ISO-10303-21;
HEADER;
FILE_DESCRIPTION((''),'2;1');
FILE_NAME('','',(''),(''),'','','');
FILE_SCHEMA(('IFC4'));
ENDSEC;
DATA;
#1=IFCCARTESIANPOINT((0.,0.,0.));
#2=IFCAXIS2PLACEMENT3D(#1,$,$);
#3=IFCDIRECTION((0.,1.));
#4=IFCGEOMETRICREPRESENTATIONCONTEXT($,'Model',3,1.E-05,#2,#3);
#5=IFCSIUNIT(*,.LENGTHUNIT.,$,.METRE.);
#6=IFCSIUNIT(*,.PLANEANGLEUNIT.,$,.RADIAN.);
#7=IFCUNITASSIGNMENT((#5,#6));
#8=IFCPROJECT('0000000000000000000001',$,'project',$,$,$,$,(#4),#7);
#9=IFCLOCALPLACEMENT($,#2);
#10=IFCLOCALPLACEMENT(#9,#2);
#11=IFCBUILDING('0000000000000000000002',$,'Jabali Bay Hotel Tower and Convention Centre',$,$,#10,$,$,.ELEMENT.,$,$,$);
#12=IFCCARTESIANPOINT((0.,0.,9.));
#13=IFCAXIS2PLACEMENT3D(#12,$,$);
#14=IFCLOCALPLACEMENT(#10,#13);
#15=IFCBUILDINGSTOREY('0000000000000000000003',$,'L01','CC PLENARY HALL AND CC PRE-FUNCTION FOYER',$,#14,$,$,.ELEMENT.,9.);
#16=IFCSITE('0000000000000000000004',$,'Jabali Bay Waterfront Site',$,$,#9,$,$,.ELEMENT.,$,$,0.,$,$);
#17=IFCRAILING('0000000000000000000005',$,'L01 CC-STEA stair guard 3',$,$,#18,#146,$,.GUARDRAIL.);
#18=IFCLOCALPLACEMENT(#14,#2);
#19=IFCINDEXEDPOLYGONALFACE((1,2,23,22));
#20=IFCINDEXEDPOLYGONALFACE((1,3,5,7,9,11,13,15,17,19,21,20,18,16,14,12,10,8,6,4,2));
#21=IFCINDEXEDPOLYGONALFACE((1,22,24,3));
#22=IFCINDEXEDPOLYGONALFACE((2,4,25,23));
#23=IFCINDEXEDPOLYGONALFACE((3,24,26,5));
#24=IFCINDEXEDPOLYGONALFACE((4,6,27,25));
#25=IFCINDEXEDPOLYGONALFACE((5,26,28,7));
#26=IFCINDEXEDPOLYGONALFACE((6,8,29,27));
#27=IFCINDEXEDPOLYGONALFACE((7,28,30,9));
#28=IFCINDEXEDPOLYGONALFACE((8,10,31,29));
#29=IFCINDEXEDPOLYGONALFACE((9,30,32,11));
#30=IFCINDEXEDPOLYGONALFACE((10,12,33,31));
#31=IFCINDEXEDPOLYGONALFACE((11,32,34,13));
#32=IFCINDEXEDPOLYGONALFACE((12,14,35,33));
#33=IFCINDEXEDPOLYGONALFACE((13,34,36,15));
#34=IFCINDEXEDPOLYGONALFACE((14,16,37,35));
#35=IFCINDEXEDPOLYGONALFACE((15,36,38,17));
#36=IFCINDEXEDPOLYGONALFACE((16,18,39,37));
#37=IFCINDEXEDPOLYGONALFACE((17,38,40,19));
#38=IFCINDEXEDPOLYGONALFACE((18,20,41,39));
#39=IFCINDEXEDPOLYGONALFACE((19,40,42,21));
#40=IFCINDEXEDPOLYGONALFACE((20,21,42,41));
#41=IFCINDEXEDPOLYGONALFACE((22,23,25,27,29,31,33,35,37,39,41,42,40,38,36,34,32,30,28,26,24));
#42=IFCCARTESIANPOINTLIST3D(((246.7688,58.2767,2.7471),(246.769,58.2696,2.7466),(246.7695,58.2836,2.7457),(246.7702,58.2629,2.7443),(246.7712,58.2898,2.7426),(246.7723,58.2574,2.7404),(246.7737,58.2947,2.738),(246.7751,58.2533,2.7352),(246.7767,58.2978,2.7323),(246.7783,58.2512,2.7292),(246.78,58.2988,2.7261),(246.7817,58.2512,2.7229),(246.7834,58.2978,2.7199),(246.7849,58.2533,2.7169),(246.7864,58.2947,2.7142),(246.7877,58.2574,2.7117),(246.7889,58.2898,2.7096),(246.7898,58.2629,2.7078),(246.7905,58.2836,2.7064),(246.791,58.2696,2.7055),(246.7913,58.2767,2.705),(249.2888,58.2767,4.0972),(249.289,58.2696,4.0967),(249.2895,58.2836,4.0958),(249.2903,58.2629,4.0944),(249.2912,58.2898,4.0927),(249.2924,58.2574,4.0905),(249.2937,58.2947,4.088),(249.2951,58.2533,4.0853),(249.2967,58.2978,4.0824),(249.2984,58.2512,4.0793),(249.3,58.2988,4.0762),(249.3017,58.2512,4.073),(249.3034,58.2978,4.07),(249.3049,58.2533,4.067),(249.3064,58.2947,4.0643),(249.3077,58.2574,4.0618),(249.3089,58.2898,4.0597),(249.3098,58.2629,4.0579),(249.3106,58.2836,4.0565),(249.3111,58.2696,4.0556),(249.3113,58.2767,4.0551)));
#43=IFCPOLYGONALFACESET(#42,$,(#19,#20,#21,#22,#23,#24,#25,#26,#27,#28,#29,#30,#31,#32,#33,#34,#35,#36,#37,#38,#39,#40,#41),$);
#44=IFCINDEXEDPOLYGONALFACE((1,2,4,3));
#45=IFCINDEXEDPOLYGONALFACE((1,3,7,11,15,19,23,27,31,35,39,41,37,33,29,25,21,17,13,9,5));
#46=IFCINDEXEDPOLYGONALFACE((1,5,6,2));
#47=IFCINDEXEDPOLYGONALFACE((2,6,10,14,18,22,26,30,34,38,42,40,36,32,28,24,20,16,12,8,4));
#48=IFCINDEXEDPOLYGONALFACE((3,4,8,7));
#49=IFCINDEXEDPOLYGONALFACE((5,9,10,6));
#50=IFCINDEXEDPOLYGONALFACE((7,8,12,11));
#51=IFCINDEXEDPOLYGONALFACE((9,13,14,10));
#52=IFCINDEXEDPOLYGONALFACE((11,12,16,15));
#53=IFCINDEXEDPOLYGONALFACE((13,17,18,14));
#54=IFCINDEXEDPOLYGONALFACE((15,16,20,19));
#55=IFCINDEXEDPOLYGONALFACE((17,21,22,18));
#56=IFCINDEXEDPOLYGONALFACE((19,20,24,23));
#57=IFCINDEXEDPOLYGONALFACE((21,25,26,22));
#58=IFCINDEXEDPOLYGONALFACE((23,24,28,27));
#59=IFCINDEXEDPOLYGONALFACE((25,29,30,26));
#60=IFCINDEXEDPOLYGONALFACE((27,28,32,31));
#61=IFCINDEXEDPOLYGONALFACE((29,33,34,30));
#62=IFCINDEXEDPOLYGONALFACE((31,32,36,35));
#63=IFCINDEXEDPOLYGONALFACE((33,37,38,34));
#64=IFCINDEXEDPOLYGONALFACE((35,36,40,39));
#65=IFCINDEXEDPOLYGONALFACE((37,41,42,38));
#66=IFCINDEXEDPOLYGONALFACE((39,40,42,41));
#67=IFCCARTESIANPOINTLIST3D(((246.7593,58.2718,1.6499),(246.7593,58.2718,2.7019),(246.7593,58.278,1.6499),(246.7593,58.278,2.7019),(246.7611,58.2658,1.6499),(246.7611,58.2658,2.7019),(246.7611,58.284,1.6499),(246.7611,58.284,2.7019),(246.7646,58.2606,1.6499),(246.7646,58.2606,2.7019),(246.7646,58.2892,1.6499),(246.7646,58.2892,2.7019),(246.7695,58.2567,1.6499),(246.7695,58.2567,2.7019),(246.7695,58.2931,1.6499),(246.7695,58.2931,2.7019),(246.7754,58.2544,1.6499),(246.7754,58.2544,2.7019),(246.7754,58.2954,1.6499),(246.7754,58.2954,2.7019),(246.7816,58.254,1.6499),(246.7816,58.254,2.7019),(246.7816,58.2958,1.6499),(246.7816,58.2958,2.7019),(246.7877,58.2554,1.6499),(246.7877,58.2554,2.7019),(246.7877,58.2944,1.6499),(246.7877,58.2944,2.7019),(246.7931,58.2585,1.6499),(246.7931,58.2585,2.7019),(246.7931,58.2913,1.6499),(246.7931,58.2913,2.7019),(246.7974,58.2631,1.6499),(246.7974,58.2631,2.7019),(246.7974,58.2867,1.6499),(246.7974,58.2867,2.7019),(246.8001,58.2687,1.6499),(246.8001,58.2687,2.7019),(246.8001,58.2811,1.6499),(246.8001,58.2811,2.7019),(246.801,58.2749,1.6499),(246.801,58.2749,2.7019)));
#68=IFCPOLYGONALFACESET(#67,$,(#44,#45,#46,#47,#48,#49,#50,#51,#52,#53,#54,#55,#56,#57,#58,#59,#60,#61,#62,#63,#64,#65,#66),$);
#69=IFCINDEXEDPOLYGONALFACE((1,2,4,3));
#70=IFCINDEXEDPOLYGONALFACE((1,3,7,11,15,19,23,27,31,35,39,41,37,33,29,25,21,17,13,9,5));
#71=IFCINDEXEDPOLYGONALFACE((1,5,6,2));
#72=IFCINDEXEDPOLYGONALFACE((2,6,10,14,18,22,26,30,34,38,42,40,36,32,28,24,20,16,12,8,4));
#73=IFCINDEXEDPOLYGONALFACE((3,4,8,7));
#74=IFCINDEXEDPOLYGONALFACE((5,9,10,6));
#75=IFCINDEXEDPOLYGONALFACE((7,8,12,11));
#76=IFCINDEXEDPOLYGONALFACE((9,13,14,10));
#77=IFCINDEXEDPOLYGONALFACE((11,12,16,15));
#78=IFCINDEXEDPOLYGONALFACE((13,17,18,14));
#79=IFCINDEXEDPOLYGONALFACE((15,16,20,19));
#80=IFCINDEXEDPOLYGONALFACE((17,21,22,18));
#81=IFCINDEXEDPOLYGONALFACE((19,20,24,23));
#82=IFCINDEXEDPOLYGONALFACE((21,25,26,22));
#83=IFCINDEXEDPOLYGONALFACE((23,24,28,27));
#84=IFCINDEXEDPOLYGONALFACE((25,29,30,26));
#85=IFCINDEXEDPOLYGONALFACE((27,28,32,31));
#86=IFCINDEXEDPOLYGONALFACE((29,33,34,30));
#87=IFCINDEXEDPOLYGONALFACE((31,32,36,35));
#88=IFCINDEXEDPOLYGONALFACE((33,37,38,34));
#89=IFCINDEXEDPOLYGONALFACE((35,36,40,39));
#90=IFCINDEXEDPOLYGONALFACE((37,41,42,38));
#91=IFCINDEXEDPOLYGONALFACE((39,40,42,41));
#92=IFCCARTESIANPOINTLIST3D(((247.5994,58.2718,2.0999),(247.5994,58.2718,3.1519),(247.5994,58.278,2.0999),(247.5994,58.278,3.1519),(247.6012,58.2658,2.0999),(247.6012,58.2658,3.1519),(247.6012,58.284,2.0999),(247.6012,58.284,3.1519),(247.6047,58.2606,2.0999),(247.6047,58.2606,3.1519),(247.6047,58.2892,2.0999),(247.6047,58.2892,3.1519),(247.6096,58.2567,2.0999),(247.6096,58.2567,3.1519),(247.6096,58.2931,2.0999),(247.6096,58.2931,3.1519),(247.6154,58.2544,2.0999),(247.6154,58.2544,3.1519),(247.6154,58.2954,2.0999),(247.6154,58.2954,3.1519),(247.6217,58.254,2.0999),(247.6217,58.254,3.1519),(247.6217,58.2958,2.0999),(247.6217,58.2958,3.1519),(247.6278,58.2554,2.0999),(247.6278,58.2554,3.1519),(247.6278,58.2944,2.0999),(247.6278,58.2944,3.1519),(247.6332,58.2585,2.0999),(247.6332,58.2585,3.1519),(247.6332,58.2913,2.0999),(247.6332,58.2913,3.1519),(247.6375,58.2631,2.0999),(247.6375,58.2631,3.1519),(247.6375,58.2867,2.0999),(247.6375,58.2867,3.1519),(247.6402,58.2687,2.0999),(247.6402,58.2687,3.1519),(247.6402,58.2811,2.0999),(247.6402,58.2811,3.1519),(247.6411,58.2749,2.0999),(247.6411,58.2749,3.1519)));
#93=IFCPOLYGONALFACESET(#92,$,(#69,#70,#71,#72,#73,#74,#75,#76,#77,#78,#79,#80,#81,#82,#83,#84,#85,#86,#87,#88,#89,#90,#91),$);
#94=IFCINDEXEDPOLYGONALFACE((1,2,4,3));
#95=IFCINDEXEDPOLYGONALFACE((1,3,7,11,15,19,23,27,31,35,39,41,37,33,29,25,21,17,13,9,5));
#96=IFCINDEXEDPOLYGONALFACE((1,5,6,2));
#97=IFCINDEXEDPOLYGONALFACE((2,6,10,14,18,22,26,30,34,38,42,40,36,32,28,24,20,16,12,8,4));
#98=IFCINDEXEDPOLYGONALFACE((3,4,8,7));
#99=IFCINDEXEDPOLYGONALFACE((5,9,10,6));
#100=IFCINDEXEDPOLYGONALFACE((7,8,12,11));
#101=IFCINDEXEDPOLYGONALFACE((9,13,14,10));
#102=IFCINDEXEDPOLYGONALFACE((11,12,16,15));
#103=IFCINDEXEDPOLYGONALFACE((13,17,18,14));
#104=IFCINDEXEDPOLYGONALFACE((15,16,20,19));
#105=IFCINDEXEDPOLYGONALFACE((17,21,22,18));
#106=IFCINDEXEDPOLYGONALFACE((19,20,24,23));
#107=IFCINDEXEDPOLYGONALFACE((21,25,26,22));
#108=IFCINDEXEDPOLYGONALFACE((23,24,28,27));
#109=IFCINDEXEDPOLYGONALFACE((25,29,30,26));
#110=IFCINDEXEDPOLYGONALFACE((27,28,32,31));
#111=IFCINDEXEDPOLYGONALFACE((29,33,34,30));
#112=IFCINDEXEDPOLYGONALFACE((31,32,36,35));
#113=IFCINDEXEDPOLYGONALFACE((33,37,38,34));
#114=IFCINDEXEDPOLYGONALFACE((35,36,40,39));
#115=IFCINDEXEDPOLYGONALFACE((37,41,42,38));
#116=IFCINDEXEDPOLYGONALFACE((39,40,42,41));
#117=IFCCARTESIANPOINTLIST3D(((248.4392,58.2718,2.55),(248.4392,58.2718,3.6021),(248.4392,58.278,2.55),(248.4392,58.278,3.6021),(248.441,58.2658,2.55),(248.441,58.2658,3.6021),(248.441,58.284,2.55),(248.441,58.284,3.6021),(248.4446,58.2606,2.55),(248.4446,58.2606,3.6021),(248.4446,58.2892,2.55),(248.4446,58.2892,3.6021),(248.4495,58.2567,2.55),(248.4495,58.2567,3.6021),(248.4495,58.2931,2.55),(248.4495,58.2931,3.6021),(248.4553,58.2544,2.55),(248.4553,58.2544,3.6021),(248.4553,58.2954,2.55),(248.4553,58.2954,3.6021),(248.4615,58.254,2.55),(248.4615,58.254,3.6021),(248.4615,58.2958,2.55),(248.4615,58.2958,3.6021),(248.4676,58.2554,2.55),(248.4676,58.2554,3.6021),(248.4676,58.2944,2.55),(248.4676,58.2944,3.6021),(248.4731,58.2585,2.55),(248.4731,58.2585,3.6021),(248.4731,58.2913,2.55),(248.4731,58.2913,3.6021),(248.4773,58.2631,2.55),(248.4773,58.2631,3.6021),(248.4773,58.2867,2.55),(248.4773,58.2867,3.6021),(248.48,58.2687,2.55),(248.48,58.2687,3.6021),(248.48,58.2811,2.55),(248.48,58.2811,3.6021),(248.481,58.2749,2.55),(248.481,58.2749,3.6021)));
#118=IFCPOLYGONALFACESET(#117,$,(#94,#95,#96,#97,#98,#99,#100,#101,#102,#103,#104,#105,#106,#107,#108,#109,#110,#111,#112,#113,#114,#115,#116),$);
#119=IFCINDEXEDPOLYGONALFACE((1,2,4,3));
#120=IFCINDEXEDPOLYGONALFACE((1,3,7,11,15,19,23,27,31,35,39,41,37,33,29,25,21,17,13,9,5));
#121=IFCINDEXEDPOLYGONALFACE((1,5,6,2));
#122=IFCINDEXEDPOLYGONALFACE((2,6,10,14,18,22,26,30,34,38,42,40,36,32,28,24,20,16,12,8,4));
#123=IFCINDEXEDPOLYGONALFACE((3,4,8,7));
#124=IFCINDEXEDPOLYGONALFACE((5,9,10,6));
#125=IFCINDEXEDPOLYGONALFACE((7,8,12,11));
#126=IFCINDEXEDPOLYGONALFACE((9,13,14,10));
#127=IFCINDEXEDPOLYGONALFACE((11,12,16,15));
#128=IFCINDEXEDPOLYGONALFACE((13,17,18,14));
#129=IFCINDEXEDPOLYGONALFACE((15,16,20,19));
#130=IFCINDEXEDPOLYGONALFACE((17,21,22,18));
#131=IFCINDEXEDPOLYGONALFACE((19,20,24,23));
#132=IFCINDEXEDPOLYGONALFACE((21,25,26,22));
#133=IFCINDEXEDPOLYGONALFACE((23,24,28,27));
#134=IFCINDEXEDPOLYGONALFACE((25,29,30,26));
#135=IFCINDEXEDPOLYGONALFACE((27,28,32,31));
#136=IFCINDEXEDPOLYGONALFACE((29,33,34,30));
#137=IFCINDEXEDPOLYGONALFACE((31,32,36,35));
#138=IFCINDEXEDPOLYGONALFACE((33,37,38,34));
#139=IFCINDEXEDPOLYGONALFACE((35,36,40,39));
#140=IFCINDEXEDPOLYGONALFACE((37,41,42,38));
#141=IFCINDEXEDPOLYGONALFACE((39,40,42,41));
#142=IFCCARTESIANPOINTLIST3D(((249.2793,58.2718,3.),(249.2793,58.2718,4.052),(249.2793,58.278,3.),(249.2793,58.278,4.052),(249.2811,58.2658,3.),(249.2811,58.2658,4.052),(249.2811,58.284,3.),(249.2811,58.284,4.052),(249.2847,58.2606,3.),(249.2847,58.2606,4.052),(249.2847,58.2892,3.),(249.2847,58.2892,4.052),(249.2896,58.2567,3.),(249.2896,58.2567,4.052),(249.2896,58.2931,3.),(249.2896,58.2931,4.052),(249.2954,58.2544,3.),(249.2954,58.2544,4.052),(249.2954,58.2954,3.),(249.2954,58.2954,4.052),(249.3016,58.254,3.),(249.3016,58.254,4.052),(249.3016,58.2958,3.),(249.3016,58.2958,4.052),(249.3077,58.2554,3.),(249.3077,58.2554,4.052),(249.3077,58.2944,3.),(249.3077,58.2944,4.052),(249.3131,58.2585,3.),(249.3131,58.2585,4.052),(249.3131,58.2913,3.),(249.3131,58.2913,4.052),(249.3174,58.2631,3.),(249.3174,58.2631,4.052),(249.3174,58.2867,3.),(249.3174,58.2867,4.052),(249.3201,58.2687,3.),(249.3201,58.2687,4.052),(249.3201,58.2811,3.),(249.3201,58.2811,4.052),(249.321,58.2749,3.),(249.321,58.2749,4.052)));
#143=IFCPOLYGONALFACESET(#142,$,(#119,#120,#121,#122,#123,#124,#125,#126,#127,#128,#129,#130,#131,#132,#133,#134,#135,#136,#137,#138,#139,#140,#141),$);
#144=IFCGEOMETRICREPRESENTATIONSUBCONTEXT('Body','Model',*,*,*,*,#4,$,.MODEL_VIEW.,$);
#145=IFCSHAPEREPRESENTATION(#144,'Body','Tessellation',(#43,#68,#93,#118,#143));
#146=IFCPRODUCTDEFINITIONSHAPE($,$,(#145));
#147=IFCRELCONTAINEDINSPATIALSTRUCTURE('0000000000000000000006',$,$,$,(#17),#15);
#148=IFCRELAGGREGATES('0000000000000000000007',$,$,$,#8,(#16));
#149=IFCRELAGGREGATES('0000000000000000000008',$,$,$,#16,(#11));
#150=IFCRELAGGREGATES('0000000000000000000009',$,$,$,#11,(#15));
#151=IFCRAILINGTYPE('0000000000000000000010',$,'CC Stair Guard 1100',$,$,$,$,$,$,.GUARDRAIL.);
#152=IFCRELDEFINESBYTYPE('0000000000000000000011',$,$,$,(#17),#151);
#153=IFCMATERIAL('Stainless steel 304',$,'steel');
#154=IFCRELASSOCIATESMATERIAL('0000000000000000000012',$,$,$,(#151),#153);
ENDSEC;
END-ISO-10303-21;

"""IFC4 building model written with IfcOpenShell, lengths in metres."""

from ifc_helpers import new_model, si_unit, direction, frame, origin, origin_2d, place, context, subcontext, project, spatial, circle, extrude, material, type_object, element, save


model = new_model("IFC4")

# Units and contexts
model_context = context("Model", 3, precision=1e-05, world=origin(), true_north=direction((0.0, 1.0)))
body_context = subcontext(model_context, "Body", "Model", "MODEL_VIEW")
ifc_project = project(units=[si_unit("LENGTHUNIT", "METRE"), si_unit("PLANEANGLEUNIT", "RADIAN")], contexts=[model_context])

# Site, building, storey
site_placement = place(None, origin())
site = spatial("IfcSite", under=ifc_project, at=site_placement, Name="Jabali Bay Waterfront Site", CompositionType="ELEMENT", RefElevation=0.0)
building_placement = place(site_placement, origin())
building = spatial("IfcBuilding", under=site, at=building_placement, Name="Jabali Bay Hotel Tower and Convention Centre", CompositionType="ELEMENT")
storey_placement = place(building_placement, frame((0.0, 0.0, 9.0)))
storey = spatial("IfcBuildingStorey", under=building, at=storey_placement, Name="L01", Description="CC PLENARY HALL AND CC PRE-FUNCTION FOYER", CompositionType="ELEMENT", Elevation=9.0)

# Railing
ifc_material_1 = material(Name="Stainless steel 304", Category="steel")
railing_type_1 = type_object("IfcRailingType", Name="CC Stair Guard 1100", PredefinedType="GUARDRAIL", material=ifc_material_1)
railing_1_placement = place(storey_placement, frame((246.78, 58.2749, 1.6499)))
element("IfcRailing", 1, at=railing_1_placement, inside=storey, type_object=railing_type_1, Name="L01 CC-STEA stair guard 3", PredefinedType="GUARDRAIL", context=body_context, shape_type="SweptSolid", body=[
    extrude(circle(Radius=0.0239, at=origin_2d()), frame((0.0, 0.0, 1.0762), z_axis=(0.881467, 0.0, 0.472245), x_axis=(0.0, 1.0, 0.0)), (0.0, 0.0, 1.0), 2.8589),
    extrude(circle(Radius=0.021, at=origin_2d()), origin(), (0.0, 0.0, 1.0), 1.052),
    extrude(circle(Radius=0.021, at=origin_2d()), frame((0.8401, 0.0, 0.45)), (0.0, 0.0, 1.0), 1.052),
    extrude(circle(Radius=0.021, at=origin_2d()), frame((1.6799, 0.0, 0.9001)), (0.0, 0.0, 1.0), 1.052),
    extrude(circle(Radius=0.021, at=origin_2d()), frame((2.52, 0.0, 1.3501)), (0.0, 0.0, 1.0), 1.052),
])

save(model, "model.ifc")
